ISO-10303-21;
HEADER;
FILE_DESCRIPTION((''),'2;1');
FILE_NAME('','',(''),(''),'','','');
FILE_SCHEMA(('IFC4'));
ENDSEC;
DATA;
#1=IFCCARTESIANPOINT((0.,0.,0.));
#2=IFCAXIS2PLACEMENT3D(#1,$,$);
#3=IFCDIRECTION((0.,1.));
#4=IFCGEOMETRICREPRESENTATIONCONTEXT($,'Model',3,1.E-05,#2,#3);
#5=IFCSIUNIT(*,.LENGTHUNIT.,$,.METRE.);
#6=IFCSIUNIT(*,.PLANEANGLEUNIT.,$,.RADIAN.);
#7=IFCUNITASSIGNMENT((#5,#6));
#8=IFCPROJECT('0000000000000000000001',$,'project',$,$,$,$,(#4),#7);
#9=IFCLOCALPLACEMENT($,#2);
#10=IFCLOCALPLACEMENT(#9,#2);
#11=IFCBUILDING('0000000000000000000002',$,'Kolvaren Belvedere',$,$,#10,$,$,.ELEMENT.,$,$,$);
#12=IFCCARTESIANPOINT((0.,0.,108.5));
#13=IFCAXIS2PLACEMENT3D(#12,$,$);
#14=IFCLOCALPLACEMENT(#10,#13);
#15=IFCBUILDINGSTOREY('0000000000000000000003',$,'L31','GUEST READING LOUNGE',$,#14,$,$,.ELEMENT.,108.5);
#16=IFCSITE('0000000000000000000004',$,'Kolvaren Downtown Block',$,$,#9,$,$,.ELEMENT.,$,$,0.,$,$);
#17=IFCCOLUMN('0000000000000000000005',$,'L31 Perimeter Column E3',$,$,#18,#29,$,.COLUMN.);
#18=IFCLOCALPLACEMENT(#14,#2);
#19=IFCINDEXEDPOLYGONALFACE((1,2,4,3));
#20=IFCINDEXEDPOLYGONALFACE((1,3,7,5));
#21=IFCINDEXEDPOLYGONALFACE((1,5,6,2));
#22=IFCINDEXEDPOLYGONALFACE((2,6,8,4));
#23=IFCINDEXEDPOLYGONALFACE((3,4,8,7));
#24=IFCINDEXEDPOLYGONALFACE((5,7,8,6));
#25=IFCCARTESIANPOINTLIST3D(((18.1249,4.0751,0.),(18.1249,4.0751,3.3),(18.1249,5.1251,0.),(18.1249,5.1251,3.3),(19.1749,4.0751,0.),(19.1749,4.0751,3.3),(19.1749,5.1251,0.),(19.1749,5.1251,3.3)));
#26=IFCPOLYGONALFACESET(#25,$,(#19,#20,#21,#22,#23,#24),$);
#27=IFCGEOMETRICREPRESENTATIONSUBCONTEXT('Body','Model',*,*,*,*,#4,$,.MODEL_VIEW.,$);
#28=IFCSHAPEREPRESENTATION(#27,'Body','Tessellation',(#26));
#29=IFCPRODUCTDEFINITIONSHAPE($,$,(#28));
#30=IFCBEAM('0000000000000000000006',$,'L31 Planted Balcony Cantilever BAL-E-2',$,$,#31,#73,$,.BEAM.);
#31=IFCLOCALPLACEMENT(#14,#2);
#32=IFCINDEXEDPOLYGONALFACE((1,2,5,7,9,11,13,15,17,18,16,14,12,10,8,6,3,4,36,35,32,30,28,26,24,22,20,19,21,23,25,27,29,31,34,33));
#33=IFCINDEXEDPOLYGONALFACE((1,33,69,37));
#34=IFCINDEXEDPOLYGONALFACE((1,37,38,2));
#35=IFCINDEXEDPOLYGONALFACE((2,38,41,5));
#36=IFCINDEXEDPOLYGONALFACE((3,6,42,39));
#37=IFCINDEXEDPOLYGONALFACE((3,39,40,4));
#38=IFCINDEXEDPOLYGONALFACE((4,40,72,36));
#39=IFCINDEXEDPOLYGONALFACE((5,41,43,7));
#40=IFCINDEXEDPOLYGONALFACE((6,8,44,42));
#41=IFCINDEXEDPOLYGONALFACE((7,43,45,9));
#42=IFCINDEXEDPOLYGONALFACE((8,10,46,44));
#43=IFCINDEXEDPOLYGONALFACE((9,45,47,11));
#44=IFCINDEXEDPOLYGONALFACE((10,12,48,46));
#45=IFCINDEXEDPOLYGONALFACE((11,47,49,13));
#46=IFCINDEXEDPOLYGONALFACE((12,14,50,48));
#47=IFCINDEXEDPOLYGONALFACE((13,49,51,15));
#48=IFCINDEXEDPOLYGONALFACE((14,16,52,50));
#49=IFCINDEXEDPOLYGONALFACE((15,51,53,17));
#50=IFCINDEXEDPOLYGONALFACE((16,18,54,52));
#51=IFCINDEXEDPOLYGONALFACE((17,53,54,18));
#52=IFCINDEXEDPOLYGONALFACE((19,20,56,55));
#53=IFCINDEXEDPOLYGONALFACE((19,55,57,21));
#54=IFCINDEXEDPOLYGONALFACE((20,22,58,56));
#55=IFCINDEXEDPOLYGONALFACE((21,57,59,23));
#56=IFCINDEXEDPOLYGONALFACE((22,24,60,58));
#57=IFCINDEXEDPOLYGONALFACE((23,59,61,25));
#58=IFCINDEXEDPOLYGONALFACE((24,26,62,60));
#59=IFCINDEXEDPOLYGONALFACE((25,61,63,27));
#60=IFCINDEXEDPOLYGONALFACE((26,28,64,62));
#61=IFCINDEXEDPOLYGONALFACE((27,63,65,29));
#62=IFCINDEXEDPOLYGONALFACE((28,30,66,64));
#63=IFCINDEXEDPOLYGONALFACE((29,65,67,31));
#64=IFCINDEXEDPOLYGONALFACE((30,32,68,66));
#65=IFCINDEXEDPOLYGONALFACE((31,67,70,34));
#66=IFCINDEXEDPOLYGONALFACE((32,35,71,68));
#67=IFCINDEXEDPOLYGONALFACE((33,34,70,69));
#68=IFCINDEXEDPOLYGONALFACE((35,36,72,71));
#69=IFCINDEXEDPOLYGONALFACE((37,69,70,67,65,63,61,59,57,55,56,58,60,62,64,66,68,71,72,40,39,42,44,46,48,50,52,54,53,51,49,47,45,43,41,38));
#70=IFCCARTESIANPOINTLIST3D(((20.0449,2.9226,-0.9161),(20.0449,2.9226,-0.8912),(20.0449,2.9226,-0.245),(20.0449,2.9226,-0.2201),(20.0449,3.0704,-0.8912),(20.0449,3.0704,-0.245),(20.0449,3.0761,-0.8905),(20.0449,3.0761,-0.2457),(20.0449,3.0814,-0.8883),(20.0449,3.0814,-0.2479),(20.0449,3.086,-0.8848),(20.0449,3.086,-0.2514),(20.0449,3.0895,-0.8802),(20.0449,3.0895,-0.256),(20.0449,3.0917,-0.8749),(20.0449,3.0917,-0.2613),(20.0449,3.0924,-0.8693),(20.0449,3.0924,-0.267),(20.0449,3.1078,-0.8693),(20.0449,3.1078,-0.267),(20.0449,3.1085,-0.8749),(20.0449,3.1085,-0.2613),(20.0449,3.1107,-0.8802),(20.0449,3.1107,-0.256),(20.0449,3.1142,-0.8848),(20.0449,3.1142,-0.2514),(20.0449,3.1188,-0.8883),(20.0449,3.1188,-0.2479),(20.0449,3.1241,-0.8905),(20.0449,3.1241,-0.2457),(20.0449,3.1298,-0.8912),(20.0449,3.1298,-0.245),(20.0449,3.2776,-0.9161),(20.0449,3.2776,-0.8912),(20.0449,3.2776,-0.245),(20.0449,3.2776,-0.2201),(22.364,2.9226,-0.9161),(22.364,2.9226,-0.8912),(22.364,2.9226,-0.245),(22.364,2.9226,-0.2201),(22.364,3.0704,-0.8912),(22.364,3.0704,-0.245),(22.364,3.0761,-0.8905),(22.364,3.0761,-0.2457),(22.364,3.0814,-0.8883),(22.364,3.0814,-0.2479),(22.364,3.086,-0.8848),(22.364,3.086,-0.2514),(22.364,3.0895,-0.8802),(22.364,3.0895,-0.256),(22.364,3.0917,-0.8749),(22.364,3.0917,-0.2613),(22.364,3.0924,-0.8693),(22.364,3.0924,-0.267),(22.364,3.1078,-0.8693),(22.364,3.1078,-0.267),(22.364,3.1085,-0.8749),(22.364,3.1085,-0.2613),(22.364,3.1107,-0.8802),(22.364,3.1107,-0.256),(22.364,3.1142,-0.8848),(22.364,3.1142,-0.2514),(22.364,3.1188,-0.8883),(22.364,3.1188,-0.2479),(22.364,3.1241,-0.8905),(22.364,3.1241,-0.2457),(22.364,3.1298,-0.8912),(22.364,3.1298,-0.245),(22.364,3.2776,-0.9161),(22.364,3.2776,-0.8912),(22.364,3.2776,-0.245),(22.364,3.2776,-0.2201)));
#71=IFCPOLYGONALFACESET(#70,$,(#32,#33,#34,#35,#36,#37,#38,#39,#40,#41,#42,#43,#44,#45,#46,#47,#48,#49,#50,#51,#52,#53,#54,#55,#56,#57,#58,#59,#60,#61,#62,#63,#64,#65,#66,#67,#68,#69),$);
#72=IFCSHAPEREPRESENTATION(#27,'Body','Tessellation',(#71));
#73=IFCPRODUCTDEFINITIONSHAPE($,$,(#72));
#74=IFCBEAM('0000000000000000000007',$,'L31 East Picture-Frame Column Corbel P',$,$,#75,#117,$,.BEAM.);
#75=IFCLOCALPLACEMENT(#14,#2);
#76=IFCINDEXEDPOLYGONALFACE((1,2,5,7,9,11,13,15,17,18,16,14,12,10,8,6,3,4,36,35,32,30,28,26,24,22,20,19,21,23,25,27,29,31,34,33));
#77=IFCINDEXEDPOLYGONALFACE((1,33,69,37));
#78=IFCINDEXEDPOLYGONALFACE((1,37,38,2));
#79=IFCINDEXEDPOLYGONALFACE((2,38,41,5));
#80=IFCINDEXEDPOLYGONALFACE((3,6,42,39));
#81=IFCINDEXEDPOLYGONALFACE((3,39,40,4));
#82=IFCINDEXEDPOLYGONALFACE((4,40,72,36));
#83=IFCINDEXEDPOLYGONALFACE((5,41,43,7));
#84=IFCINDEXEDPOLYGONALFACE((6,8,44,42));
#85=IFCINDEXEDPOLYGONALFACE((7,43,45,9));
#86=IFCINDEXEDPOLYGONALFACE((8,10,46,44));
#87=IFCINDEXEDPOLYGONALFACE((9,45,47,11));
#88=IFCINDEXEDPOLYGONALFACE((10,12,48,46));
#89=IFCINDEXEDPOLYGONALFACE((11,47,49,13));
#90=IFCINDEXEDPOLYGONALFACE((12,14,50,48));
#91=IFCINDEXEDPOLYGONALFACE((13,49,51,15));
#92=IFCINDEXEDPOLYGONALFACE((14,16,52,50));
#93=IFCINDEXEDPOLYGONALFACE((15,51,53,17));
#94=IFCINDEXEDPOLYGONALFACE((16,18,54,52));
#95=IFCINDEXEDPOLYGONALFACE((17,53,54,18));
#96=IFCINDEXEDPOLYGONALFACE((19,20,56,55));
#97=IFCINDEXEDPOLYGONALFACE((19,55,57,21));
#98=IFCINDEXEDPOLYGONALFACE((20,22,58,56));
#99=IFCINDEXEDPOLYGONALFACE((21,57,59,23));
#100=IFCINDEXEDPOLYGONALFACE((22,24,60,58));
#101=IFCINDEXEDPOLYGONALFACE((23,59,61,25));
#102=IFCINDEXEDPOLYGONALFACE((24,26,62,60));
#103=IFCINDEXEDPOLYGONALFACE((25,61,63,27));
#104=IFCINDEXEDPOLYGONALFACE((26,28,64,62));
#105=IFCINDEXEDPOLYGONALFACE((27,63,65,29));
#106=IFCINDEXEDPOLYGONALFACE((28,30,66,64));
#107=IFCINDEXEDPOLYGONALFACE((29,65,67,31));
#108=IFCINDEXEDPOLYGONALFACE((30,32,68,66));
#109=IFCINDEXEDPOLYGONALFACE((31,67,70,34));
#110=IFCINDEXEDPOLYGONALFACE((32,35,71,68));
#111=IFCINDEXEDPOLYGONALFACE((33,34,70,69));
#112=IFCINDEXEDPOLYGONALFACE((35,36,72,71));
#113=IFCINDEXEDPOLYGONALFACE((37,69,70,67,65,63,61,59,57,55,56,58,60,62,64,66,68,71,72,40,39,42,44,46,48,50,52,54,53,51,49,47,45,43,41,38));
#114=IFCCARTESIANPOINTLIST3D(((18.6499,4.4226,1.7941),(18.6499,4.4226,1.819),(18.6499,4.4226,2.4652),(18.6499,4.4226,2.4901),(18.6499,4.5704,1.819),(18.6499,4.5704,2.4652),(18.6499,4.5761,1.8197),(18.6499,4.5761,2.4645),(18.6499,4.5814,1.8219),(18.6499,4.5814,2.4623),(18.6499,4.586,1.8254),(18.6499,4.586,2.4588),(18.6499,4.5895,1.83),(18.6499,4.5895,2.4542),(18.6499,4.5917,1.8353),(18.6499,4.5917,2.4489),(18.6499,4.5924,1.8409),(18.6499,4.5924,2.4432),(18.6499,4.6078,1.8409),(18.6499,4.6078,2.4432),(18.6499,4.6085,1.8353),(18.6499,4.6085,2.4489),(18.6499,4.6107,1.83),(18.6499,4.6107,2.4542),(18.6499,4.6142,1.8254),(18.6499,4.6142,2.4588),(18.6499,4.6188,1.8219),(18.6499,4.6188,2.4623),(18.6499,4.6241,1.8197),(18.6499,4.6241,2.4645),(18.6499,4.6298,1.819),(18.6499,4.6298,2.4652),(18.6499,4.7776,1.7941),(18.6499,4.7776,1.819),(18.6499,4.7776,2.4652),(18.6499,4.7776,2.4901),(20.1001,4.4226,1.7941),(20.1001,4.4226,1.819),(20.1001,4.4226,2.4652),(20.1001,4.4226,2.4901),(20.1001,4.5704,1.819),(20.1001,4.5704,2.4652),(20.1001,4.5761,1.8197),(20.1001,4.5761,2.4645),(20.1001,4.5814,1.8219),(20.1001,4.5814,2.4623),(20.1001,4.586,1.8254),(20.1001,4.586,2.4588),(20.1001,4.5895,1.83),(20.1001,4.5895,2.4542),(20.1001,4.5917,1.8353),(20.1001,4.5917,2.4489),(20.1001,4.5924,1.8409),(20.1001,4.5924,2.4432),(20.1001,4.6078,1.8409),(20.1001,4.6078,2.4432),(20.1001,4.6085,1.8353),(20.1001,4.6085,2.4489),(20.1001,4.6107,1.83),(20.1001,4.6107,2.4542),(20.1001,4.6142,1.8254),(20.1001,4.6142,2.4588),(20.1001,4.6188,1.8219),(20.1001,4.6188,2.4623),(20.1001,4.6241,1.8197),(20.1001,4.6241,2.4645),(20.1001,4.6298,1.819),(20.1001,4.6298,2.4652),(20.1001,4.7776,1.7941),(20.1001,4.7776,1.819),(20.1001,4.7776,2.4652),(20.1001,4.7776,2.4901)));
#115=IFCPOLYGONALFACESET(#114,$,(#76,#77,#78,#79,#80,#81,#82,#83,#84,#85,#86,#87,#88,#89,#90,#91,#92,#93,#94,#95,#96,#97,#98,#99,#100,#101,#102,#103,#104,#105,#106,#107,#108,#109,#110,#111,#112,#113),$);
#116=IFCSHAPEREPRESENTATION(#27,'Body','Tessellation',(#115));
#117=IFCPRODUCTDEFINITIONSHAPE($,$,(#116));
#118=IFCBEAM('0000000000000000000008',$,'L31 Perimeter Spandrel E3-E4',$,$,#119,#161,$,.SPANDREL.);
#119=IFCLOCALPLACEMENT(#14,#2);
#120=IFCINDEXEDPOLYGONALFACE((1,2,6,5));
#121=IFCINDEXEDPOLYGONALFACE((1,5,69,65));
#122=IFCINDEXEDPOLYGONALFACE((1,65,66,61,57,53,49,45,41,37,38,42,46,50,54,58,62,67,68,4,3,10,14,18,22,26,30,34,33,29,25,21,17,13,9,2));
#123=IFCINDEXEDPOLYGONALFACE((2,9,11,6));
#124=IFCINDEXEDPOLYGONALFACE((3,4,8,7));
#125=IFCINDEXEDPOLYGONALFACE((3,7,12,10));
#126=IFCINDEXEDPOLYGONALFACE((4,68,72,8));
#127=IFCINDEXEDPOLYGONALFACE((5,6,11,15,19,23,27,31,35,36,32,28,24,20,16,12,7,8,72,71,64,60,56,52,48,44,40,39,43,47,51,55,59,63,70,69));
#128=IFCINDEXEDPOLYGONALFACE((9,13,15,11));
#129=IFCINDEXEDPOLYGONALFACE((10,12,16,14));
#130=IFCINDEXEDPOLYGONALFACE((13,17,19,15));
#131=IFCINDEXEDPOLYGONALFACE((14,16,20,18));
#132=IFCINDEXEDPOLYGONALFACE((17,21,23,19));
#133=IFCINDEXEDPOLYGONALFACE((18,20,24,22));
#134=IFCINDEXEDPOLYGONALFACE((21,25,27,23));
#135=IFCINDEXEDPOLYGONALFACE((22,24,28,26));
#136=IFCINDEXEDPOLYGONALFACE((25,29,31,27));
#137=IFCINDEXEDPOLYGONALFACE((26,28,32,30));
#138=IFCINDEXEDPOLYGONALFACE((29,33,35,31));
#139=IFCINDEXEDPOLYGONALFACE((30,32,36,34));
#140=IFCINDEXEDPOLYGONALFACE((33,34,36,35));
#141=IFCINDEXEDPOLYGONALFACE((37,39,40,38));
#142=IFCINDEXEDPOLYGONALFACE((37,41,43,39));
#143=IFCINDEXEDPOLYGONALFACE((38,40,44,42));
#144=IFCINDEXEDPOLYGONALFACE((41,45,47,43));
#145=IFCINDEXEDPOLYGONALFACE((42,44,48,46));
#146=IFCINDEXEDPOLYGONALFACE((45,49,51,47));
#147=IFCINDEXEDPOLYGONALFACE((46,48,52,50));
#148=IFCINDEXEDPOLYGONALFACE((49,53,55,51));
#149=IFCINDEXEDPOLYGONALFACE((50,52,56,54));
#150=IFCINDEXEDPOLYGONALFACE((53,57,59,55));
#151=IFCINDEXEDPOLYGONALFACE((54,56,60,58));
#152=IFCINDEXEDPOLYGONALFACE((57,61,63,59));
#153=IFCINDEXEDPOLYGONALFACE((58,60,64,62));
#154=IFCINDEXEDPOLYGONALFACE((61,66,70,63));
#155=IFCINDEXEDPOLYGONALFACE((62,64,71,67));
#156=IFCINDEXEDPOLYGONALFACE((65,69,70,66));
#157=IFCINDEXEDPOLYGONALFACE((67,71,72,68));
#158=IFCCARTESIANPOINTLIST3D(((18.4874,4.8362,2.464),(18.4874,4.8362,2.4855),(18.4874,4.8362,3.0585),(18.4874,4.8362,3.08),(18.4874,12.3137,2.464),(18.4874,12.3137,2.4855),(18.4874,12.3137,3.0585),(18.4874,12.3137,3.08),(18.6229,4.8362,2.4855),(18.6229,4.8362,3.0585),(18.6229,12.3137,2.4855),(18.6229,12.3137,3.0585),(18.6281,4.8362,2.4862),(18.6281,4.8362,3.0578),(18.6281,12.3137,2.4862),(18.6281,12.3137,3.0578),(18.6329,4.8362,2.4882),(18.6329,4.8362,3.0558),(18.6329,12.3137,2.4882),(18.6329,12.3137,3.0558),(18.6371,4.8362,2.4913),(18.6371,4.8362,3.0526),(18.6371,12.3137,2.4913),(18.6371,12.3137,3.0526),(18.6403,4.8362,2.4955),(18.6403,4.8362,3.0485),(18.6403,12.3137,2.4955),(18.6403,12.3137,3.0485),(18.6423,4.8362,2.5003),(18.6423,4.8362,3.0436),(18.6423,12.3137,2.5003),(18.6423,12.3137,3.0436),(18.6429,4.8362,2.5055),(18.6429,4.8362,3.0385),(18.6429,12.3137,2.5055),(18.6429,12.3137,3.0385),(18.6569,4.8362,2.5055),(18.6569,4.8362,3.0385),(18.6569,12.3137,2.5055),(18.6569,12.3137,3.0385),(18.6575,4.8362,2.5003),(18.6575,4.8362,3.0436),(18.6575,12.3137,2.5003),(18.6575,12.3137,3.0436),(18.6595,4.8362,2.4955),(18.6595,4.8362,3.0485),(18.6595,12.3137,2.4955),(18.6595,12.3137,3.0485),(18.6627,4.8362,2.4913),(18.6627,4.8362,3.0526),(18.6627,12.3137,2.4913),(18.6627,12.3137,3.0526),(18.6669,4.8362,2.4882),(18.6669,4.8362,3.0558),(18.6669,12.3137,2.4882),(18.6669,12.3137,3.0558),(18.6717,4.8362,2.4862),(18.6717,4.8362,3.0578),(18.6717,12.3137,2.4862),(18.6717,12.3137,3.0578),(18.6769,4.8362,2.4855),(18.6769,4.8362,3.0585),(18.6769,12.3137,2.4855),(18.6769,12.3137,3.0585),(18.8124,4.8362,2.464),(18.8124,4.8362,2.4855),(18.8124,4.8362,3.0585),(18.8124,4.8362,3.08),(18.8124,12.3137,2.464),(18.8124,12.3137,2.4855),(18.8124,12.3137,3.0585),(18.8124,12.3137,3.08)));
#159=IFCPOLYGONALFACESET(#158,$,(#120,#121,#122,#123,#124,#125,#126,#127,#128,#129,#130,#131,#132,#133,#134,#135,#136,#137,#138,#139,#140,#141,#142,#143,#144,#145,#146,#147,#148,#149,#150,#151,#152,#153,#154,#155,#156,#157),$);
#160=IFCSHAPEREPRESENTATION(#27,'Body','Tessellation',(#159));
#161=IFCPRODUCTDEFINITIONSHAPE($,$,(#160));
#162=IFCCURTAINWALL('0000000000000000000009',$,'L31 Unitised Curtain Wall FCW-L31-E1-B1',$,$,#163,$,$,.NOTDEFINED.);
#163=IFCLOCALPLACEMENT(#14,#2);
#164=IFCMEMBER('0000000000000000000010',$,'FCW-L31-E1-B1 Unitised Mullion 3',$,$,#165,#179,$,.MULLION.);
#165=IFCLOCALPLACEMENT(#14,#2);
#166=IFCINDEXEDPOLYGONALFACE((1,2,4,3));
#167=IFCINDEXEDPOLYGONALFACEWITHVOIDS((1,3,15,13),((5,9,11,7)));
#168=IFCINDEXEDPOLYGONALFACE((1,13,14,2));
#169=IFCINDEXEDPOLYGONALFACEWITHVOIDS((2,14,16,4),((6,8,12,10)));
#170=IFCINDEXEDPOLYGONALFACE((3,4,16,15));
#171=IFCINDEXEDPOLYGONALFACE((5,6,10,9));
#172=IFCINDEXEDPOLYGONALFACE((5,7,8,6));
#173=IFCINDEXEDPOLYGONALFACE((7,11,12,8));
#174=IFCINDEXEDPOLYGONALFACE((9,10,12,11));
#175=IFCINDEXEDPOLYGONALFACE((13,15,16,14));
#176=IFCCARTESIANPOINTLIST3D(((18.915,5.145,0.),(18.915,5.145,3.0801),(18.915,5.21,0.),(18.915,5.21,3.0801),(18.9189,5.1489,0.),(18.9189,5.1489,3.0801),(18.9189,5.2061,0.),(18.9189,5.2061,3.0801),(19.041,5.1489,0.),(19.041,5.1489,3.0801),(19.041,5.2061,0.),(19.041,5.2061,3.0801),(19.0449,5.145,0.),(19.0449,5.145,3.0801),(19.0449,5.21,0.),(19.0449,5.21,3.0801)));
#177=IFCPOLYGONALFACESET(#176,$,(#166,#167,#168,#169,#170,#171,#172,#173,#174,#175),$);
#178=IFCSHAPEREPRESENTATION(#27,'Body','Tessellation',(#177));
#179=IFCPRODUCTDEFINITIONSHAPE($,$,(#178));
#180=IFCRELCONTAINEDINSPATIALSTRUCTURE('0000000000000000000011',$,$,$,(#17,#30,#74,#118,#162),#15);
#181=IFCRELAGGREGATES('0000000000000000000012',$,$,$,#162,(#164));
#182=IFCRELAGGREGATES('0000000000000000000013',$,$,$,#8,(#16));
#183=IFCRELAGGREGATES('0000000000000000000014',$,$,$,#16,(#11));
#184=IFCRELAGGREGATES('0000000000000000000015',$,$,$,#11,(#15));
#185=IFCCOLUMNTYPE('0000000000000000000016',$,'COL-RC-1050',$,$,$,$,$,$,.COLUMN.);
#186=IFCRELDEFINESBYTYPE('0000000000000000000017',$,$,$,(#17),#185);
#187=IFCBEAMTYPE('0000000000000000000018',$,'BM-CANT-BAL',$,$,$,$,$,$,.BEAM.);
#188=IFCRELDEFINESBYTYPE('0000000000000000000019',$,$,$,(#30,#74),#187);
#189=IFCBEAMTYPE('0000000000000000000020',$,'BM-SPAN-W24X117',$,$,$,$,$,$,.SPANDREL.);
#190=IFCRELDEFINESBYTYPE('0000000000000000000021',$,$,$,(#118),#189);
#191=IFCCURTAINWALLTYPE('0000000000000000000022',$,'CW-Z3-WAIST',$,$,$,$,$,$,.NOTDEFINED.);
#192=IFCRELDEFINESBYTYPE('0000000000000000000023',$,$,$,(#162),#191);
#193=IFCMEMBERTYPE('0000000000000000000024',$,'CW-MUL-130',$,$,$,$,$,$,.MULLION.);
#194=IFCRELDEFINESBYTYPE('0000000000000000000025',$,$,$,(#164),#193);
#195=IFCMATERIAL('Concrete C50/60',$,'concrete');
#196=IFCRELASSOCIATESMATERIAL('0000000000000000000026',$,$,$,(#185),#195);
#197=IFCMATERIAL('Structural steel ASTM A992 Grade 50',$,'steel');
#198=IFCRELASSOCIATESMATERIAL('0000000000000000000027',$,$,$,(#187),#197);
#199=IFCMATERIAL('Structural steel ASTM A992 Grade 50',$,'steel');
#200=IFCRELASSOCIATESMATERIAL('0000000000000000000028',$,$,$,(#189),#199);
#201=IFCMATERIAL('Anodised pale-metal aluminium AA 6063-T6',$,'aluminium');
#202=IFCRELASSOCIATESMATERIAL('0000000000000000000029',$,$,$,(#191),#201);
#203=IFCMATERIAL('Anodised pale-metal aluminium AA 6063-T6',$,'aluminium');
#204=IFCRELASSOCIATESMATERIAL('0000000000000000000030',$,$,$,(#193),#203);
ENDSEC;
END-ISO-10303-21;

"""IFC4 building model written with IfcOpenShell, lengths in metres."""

from ifc_helpers import new_model, si_unit, direction, frame, origin, origin_2d, place, context, subcontext, project, spatial, rectangle, hollow_rectangle, i_section, extrude, material, material_profile, profile_set, type_object, element, aggregate, save


model = new_model("IFC4")

# Units and contexts
model_context = context("Model", 3, precision=1e-05, world=origin(), true_north=direction((0.0, 1.0)))
body_context = subcontext(model_context, "Body", "Model", "MODEL_VIEW")
ifc_project = project(units=[si_unit("LENGTHUNIT", "METRE"), si_unit("PLANEANGLEUNIT", "RADIAN")], contexts=[model_context])

# Site, building, storey
site_placement = place(None, origin())
site = spatial("IfcSite", under=ifc_project, at=site_placement, Name="Kolvaren Downtown Block", CompositionType="ELEMENT", RefElevation=0.0)
building_placement = place(site_placement, origin())
building = spatial("IfcBuilding", under=site, at=building_placement, Name="Kolvaren Belvedere", CompositionType="ELEMENT")
storey_placement = place(building_placement, frame((0.0, 0.0, 108.5)))
storey = spatial("IfcBuildingStorey", under=building, at=storey_placement, Name="L31", Description="GUEST READING LOUNGE", CompositionType="ELEMENT", Elevation=108.5)

# Column
ifc_material_1 = material(Name="Concrete C50/60", Category="concrete")
ifc_material_profile_1 = material_profile(ifc_material_1, rectangle(XDim=1.05, YDim=1.05, at=origin_2d()), Name="RC 1050X1050")
ifc_profile_set_1 = profile_set([ifc_material_profile_1], Name="Concrete C50/60")
column_type = type_object("IfcColumnType", Name="COL-RC-1050", PredefinedType="COLUMN", material=ifc_profile_set_1)
column_placement = place(storey_placement, frame((18.6499, 4.6001, 0.0), z_axis=(0.0, 0.0, 1.0), x_axis=(1.0, 0.0, 0.0)))
element("IfcColumn", 1, at=column_placement, inside=storey, type_object=column_type, Name="L31 Perimeter Column E3", PredefinedType="COLUMN", context=body_context, shape_type="SweptSolid", body=[
    extrude(rectangle(XDim=1.05, YDim=1.05, at=origin_2d()), origin(), (0.0, 0.0, 1.0), 3.3),
])

# Beams
ifc_material_2 = material(Name="Structural steel ASTM A992 Grade 50", Category="steel")
ifc_material_profile_2 = material_profile(ifc_material_2, i_section(OverallWidth=0.355, OverallDepth=0.696, WebThickness=0.0154, FlangeThickness=0.0249, FilletRadius=0.022, at=origin_2d()), Name="W27X146")
ifc_profile_set_2 = profile_set([ifc_material_profile_2], Name="Structural steel ASTM A992 Grade 50")
beam_type_1 = type_object("IfcBeamType", Name="BM-CANT-BAL", PredefinedType="BEAM", material=ifc_profile_set_2)
beam_1_placement = place(storey_placement, frame((20.0449, 3.1001, -0.5681), z_axis=(1.0, 0.0, 0.0), x_axis=(0.0, 1.0, 0.0)))
element("IfcBeam", 2, at=beam_1_placement, inside=storey, type_object=beam_type_1, Name="L31 Planted Balcony Cantilever BAL-E-2", PredefinedType="BEAM", context=body_context, shape_type="SweptSolid", body=[
    extrude(i_section(OverallWidth=0.355, OverallDepth=0.696, WebThickness=0.0154, FlangeThickness=0.0249, FilletRadius=0.022, at=origin_2d()), origin(), (0.0, 0.0, 1.0), 2.3191),
])
beam_2_placement = place(storey_placement, frame((18.6499, 4.6001, 2.1421), z_axis=(1.0, 0.0, 0.0), x_axis=(0.0, 1.0, 0.0)))
element("IfcBeam", 3, at=beam_2_placement, inside=storey, type_object=beam_type_1, Name="L31 East Picture-Frame Column Corbel P", PredefinedType="BEAM", context=body_context, shape_type="SweptSolid", body=[
    extrude(i_section(OverallWidth=0.355, OverallDepth=0.696, WebThickness=0.0154, FlangeThickness=0.0249, FilletRadius=0.022, at=origin_2d()), origin(), (0.0, 0.0, 1.0), 1.4502),
])
ifc_material_3 = material(Name="Structural steel ASTM A992 Grade 50", Category="steel")
ifc_material_profile_3 = material_profile(ifc_material_3, i_section(OverallWidth=0.325, OverallDepth=0.616, WebThickness=0.0139, FlangeThickness=0.0215, FilletRadius=0.02, at=origin_2d()), Name="W24X117")
ifc_profile_set_3 = profile_set([ifc_material_profile_3], Name="Structural steel ASTM A992 Grade 50")
beam_type_2 = type_object("IfcBeamType", Name="BM-SPAN-W24X117", PredefinedType="SPANDREL", material=ifc_profile_set_3)
beam_3_placement = place(storey_placement, frame((18.6499, 4.8362, 2.772), z_axis=(0.0, 1.0, 0.0), x_axis=(-1.0, 0.0, 0.0)))
element("IfcBeam", 4, at=beam_3_placement, inside=storey, type_object=beam_type_2, Name="L31 Perimeter Spandrel E3-E4", PredefinedType="SPANDREL", context=body_context, shape_type="SweptSolid", body=[
    extrude(i_section(OverallWidth=0.325, OverallDepth=0.616, WebThickness=0.0139, FlangeThickness=0.0215, FilletRadius=0.02, at=origin_2d()), origin(), (0.0, 0.0, 1.0), 7.4775),
])

# Curtain wall, member
ifc_material_4 = material(Name="Anodised pale-metal aluminium AA 6063-T6", Category="aluminium")
curtain_wall_type = type_object("IfcCurtainWallType", Name="CW-Z3-WAIST", PredefinedType="NOTDEFINED", material=ifc_material_4)
curtain_wall_1_placement = place(storey_placement, origin())
curtain_wall_1 = element("IfcCurtainWall", 5, at=curtain_wall_1_placement, inside=storey, type_object=curtain_wall_type, Name="L31 Unitised Curtain Wall FCW-L31-E1-B1", PredefinedType="NOTDEFINED")
ifc_material_5 = material(Name="Anodised pale-metal aluminium AA 6063-T6", Category="aluminium")
ifc_material_profile_4 = material_profile(ifc_material_5, hollow_rectangle(XDim=0.0649, YDim=0.1299, WallThickness=0.0039, at=origin_2d()), Name="ALU-MUL-130X65")
ifc_profile_set_4 = profile_set([ifc_material_profile_4], Name="Anodised pale-metal aluminium AA 6063-T6")
member_type_1 = type_object("IfcMemberType", Name="CW-MUL-130", PredefinedType="MULLION", material=ifc_profile_set_4)
member_1_placement = place(storey_placement, frame((18.98, 5.1775, 0.0), z_axis=(0.0, 0.0, 1.0), x_axis=(0.0, 1.0, 0.0)))
member_1 = element("IfcMember", 6, at=member_1_placement, type_object=member_type_1, Name="FCW-L31-E1-B1 Unitised Mullion 3", PredefinedType="MULLION", context=body_context, shape_type="SweptSolid", body=[
    extrude(hollow_rectangle(XDim=0.0649, YDim=0.1299, WallThickness=0.0039, at=origin_2d()), origin(), (0.0, 0.0, 1.0), 3.0801),
])
aggregate(curtain_wall_1, [member_1])

save(model, "model.ifc")
